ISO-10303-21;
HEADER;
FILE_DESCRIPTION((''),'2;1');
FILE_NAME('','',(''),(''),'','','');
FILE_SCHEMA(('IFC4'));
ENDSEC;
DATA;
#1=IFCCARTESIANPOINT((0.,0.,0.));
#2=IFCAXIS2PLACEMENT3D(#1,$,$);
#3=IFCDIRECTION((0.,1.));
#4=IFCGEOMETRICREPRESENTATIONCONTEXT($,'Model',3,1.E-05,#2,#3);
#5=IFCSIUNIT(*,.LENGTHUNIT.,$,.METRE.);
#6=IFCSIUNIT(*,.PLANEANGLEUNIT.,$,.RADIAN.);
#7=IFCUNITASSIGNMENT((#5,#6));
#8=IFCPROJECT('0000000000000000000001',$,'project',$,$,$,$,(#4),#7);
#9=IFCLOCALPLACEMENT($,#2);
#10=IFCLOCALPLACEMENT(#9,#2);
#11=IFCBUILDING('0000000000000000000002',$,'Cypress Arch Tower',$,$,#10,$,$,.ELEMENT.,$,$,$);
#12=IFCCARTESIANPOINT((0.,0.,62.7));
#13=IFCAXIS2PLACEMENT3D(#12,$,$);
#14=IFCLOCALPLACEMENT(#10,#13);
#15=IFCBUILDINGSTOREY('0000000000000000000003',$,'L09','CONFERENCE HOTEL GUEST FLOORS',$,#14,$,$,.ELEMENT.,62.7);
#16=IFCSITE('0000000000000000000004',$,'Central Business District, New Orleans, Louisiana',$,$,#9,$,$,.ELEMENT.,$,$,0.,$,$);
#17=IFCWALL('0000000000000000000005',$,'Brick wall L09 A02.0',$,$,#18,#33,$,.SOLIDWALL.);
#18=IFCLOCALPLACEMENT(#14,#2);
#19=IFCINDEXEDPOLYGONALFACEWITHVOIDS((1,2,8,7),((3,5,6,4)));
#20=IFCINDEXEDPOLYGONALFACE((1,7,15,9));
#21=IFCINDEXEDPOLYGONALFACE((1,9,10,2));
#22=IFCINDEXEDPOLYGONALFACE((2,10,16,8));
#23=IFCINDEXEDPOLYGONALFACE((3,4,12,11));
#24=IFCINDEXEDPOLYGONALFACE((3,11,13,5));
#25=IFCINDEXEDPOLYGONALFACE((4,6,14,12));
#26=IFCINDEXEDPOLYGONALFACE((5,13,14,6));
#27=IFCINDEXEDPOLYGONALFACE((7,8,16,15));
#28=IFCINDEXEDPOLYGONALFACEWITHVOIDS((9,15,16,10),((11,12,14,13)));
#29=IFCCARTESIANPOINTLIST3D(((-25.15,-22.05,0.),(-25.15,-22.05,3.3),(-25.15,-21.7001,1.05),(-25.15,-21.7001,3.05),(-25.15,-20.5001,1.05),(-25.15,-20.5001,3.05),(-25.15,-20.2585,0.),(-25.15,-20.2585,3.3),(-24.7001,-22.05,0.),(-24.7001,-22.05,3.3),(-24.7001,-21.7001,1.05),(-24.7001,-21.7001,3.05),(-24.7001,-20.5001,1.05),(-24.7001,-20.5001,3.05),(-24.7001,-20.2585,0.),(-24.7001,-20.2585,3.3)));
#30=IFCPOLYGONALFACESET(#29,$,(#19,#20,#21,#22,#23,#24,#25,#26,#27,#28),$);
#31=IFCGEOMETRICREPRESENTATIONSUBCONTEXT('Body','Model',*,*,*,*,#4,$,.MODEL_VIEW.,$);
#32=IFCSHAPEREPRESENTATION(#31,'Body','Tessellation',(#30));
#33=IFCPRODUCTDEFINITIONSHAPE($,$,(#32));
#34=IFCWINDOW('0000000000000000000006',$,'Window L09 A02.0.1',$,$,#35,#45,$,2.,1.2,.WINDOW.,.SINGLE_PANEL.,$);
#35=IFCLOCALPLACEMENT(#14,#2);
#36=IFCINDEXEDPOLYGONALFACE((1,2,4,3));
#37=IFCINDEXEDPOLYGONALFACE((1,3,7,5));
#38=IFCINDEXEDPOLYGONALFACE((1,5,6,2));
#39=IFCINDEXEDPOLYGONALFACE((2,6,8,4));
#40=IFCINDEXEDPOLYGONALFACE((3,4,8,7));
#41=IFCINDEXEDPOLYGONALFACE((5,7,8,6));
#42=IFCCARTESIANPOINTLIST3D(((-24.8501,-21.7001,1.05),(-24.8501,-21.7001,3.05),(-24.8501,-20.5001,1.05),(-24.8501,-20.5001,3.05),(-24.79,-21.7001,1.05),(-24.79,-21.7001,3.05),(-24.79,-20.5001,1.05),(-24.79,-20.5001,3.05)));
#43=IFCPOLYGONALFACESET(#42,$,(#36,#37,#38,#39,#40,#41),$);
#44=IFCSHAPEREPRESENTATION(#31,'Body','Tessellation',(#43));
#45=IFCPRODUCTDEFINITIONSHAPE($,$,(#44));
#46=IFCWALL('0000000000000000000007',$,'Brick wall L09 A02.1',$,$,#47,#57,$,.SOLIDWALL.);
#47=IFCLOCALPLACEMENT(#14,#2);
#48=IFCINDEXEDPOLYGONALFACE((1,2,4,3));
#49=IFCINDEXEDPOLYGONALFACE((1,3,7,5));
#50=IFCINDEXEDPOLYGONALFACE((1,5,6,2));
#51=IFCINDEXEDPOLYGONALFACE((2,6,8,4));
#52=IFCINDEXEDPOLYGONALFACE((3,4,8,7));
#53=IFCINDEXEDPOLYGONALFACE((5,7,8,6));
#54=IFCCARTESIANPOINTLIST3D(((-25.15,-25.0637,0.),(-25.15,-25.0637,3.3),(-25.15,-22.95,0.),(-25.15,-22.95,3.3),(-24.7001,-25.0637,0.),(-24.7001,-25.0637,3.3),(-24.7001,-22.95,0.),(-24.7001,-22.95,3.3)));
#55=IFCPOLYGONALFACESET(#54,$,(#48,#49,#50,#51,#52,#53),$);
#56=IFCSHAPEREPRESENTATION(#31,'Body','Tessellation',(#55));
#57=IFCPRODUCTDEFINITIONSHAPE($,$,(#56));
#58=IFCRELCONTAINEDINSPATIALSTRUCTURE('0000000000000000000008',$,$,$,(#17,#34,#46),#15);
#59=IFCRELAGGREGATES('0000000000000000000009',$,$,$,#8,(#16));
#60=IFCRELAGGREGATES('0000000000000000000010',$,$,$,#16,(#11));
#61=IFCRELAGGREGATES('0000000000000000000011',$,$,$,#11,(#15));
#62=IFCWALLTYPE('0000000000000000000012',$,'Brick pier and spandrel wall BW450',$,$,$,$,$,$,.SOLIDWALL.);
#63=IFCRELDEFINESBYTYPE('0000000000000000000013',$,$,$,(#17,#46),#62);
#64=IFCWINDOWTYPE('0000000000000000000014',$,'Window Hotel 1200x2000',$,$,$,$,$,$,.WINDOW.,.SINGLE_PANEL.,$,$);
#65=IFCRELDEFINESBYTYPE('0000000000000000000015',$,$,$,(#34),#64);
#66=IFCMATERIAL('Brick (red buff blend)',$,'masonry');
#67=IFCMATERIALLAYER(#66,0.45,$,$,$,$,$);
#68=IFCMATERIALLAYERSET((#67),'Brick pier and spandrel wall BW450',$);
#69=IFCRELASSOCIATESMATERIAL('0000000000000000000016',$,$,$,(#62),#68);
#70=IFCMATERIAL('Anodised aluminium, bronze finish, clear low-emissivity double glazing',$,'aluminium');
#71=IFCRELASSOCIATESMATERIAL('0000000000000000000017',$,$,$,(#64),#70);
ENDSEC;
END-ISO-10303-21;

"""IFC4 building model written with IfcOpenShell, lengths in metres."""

from ifc_helpers import new_model, si_unit, direction, frame, frame_2d, origin, place, context, subcontext, project, spatial, rectangle, extrude, material, layer, layer_set, type_object, element, fill, save


model = new_model("IFC4")

# Units and contexts
model_context = context("Model", 3, precision=1e-05, world=origin(), true_north=direction((0.0, 1.0)))
body_context = subcontext(model_context, "Body", "Model", "MODEL_VIEW")
ifc_project = project(units=[si_unit("LENGTHUNIT", "METRE"), si_unit("PLANEANGLEUNIT", "RADIAN")], contexts=[model_context])

# Site, building, storey
site_placement = place(None, origin())
site = spatial("IfcSite", under=ifc_project, at=site_placement, Name="Central Business District, New Orleans, Louisiana", CompositionType="ELEMENT", RefElevation=0.0)
building_placement = place(site_placement, origin())
building = spatial("IfcBuilding", under=site, at=building_placement, Name="Cypress Arch Tower", CompositionType="ELEMENT")
storey_placement = place(building_placement, frame((0.0, 0.0, 62.7)))
storey = spatial("IfcBuildingStorey", under=building, at=storey_placement, Name="L09", Description="CONFERENCE HOTEL GUEST FLOORS", CompositionType="ELEMENT", Elevation=62.7)

# Wall, opening, window
ifc_material_1 = material(Name="Brick (red buff blend)", Category="masonry")
ifc_layer_1 = layer(ifc_material_1, 0.45)
ifc_layer_set_1 = layer_set([ifc_layer_1], Name="Brick pier and spandrel wall BW450")
wall_type_1 = type_object("IfcWallType", Name="Brick pier and spandrel wall BW450", PredefinedType="SOLIDWALL", material=ifc_layer_set_1)
wall_1_placement = place(storey_placement, frame((-24.925, -20.2585, 0.0), z_axis=(0.0, 0.0, 1.0), x_axis=(0.0, -1.0, 0.0)))
wall_1 = element("IfcWall", 1, at=wall_1_placement, inside=storey, type_object=wall_type_1, Name="Brick wall L09 A02.0", PredefinedType="SOLIDWALL", context=body_context, shape_type="SweptSolid", body=[
    extrude(rectangle(XDim=1.7915, YDim=0.45, at=frame_2d((0.8958, 0.0))), origin(), (0.0, 0.0, 1.0), 3.3),
])
opening_1_placement = place(wall_1_placement, frame((0.2415, 0.0, 1.05)))
opening_1 = element("IfcOpeningElement", 2, at=opening_1_placement, cuts=wall_1, PredefinedType="OPENING", context=body_context, shape_type="SweptSolid", body=[
    extrude(rectangle(XDim=1.2, YDim=2.0, at=frame_2d((0.6001, 1.0))), frame((0.0, 0.2349, 0.0), z_axis=(0.0, -1.0, 0.0), x_axis=(1.0, 0.0, 0.0)), (0.0, 0.0, 1.0), 0.47),
])
ifc_material_2 = material(Name="Anodised aluminium, bronze finish, clear low-emissivity double glazing", Category="aluminium")
window_type_1 = type_object("IfcWindowType", Name="Window Hotel 1200x2000", PartitioningType="SINGLE_PANEL", PredefinedType="WINDOW", material=ifc_material_2)
window_1_placement = place(opening_1_placement, origin())
window_1 = element("IfcWindow", 3, at=window_1_placement, inside=storey, type_object=window_type_1, Name="Window L09 A02.0.1", OverallHeight=2.0, OverallWidth=1.2, PartitioningType="SINGLE_PANEL", PredefinedType="WINDOW", context=body_context, shape_type="SweptSolid", body=[
    extrude(rectangle(XDim=1.2, YDim=2.0, at=frame_2d((0.6001, 1.0))), frame((0.0, 0.135, 0.0), z_axis=(0.0, -1.0, 0.0), x_axis=(1.0, 0.0, 0.0)), (0.0, 0.0, 1.0), 0.0601),
])
fill(opening_1, window_1)

# Wall
wall_2_placement = place(storey_placement, frame((-24.925, -22.95, 0.0), z_axis=(0.0, 0.0, 1.0), x_axis=(0.0, -1.0, 0.0)))
element("IfcWall", 4, at=wall_2_placement, inside=storey, type_object=wall_type_1, Name="Brick wall L09 A02.1", PredefinedType="SOLIDWALL", context=body_context, shape_type="SweptSolid", body=[
    extrude(rectangle(XDim=2.1138, YDim=0.45, at=frame_2d((1.0569, 0.0))), origin(), (0.0, 0.0, 1.0), 3.3),
])

save(model, "model.ifc")
